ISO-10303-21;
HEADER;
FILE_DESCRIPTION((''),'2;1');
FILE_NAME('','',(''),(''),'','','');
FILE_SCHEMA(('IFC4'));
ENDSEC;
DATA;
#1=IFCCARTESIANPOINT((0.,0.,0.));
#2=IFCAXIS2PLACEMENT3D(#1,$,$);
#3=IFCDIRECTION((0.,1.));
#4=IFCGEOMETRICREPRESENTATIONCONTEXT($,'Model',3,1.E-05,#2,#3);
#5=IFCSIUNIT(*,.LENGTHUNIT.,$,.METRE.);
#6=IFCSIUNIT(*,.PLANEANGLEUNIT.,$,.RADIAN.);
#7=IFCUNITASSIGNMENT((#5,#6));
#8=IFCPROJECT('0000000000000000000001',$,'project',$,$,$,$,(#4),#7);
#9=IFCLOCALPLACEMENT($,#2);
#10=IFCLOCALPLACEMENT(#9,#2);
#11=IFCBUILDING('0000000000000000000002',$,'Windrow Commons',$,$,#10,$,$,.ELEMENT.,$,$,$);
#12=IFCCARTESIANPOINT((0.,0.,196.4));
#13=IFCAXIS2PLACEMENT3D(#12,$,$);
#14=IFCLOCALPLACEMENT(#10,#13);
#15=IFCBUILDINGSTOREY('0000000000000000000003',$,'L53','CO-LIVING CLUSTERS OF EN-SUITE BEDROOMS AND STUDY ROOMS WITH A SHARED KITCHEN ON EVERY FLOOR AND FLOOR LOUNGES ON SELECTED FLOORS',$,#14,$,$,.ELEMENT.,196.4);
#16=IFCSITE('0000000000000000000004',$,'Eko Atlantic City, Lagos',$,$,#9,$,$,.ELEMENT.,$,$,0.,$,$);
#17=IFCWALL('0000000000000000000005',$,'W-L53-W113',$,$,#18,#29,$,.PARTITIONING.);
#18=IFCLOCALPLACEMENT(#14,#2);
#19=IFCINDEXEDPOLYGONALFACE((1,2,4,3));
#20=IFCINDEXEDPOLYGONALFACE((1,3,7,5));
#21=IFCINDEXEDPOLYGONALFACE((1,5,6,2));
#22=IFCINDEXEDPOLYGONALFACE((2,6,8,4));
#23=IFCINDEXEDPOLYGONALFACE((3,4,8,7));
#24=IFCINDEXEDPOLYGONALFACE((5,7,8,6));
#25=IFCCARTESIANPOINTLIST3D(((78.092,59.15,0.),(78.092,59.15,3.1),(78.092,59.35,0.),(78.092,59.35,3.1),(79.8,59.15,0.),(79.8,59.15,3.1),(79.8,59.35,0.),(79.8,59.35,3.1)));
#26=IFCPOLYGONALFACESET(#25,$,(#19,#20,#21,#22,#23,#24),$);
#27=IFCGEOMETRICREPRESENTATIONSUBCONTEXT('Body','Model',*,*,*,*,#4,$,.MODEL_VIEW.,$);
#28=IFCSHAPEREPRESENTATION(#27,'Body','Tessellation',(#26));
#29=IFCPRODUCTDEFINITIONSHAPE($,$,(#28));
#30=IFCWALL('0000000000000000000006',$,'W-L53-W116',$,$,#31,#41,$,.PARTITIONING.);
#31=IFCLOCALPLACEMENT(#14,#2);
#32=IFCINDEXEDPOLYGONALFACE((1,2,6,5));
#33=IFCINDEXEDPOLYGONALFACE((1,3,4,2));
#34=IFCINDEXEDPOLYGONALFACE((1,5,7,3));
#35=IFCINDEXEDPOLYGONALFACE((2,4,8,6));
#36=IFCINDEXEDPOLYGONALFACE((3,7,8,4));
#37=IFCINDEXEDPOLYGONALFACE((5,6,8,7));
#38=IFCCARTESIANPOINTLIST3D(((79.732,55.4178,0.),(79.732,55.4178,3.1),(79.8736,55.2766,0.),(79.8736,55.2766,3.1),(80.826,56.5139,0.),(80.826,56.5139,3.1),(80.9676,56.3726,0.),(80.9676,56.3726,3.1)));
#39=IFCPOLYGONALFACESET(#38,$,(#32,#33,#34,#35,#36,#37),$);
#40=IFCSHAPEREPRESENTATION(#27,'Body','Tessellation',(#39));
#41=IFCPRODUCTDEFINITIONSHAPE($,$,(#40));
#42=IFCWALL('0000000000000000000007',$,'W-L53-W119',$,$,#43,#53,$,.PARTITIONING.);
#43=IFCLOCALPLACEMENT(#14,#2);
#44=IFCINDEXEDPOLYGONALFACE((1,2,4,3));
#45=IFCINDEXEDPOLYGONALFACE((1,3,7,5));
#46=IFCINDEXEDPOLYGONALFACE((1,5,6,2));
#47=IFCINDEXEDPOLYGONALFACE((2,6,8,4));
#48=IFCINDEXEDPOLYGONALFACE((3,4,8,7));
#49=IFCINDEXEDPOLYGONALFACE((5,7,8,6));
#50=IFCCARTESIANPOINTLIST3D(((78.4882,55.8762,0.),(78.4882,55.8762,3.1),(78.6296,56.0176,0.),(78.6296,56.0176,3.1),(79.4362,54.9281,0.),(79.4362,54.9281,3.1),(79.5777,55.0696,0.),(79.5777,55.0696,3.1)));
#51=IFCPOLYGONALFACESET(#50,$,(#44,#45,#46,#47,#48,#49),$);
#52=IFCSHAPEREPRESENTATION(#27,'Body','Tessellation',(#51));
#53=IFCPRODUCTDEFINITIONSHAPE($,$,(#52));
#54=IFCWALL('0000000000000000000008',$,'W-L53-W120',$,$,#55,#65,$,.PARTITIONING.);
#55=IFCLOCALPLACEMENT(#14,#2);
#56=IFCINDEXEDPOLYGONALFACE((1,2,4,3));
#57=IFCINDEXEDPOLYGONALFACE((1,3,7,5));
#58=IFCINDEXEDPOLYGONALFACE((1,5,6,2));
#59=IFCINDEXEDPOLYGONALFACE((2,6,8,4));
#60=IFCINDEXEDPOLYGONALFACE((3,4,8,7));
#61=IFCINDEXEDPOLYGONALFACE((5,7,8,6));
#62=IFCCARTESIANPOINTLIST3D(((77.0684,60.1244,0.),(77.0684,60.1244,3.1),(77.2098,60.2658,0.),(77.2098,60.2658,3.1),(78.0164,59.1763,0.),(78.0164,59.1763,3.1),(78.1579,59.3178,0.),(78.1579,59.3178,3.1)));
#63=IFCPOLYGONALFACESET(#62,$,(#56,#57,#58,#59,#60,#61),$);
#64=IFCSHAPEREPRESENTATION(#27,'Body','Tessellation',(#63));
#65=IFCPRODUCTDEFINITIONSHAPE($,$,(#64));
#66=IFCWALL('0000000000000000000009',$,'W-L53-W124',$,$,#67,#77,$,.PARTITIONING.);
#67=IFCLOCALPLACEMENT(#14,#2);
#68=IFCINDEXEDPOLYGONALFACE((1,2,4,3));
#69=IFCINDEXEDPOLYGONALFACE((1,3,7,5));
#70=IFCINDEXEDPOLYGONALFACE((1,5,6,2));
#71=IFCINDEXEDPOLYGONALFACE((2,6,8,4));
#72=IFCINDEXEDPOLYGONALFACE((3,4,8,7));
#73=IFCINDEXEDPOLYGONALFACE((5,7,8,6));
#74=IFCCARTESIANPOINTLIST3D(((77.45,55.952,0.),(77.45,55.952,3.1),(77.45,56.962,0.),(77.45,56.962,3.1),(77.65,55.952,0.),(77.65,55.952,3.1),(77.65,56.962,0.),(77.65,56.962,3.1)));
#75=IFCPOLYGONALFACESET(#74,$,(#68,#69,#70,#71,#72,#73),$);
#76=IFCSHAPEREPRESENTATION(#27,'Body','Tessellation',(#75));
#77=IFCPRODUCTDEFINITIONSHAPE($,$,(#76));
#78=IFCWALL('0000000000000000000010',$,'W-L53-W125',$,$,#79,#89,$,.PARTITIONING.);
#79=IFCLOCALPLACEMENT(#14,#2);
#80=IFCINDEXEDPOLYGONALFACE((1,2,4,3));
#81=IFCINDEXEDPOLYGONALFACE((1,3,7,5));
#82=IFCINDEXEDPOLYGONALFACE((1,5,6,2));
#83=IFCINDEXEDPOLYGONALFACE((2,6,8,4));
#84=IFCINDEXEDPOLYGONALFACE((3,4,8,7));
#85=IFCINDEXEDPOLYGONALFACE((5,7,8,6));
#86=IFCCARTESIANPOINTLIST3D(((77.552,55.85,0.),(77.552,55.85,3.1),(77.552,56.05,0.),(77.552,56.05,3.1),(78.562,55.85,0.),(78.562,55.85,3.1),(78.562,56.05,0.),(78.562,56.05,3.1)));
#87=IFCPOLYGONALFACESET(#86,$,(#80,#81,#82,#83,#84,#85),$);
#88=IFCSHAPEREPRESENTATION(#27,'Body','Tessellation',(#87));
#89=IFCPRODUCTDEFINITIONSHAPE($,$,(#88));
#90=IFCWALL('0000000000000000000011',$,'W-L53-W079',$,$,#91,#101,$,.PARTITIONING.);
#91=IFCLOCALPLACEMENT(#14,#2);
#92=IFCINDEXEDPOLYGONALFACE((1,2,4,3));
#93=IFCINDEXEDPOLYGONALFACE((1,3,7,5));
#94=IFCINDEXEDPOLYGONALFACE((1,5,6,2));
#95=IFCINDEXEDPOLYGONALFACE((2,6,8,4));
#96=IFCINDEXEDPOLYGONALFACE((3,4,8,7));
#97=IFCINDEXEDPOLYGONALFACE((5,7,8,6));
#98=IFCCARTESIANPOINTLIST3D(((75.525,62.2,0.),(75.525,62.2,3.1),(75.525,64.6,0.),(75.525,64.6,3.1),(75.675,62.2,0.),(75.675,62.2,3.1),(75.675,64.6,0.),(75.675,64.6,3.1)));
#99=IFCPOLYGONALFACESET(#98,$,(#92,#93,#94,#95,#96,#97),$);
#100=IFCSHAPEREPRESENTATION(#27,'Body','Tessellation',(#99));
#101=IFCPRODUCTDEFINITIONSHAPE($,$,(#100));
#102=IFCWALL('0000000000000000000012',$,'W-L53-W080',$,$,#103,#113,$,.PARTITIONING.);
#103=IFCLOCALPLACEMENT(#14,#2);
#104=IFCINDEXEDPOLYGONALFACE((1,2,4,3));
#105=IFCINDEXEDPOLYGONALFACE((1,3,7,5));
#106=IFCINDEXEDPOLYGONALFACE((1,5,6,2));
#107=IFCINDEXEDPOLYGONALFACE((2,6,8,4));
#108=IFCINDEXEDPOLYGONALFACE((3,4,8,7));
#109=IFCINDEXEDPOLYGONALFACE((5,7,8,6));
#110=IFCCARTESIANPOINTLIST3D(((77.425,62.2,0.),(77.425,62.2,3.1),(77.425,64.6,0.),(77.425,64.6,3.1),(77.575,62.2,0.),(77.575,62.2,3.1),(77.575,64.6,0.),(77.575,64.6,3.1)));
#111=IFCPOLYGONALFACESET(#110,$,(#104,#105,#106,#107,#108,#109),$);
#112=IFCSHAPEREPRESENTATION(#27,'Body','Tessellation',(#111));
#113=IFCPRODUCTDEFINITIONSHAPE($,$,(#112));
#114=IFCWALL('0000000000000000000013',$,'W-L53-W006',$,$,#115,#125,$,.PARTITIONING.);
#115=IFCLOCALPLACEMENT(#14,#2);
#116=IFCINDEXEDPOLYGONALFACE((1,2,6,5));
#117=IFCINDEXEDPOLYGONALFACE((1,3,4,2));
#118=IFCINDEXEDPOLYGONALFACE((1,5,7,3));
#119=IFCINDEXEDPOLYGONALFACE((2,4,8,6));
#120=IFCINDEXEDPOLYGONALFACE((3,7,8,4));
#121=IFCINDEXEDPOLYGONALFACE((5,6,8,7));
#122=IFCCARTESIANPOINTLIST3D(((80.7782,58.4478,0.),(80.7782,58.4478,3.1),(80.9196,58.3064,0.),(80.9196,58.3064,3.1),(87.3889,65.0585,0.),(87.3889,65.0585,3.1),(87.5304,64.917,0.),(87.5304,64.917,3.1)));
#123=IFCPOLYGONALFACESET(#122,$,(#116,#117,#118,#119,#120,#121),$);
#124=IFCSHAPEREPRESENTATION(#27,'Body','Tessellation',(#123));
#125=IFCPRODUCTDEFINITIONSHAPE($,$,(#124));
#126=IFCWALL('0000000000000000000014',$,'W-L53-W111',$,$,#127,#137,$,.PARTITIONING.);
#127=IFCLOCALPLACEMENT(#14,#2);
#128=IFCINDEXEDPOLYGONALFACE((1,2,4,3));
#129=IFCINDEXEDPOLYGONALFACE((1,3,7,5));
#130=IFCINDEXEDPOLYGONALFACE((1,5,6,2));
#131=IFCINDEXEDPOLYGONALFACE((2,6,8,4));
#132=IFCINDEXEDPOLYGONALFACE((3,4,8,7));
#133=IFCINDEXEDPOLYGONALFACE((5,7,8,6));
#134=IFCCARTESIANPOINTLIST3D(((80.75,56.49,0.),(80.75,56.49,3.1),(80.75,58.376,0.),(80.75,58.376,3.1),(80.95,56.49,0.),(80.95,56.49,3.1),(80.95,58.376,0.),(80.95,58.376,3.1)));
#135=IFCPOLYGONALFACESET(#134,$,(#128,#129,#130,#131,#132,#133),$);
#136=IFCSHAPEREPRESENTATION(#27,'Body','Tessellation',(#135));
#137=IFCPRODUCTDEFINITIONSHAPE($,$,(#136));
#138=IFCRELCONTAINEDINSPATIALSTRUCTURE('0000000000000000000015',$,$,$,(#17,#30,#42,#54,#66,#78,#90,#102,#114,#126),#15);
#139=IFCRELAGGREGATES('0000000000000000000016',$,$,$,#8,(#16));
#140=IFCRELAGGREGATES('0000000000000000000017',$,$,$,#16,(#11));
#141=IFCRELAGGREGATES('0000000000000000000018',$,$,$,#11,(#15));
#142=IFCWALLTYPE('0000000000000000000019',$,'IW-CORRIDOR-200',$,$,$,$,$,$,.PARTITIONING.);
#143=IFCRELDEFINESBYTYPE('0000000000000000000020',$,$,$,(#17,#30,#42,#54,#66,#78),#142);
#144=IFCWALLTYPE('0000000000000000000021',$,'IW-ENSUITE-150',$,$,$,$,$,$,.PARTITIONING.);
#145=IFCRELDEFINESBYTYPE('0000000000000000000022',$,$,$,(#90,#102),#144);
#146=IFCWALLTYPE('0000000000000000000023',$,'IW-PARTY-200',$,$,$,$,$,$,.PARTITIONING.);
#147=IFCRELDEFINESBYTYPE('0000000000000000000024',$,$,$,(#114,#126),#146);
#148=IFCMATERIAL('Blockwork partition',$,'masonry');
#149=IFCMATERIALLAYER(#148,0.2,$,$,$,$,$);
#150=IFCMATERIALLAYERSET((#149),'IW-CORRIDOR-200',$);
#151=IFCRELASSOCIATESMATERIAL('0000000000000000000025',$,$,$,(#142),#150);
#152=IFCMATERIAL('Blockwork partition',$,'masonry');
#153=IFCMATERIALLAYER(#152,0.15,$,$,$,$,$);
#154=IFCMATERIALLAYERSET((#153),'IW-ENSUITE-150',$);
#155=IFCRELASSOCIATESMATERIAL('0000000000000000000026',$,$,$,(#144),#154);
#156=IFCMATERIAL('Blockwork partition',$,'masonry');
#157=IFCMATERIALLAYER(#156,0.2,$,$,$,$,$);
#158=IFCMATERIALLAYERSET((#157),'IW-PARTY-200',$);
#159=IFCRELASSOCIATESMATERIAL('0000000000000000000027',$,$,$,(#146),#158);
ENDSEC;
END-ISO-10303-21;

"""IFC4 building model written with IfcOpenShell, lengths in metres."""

from ifc_helpers import new_model, si_unit, direction, frame, frame_2d, origin, place, context, subcontext, project, spatial, rectangle, extrude, material, layer, layer_set, type_object, element, save


model = new_model("IFC4")

# Units and contexts
model_context = context("Model", 3, precision=1e-05, world=origin(), true_north=direction((0.0, 1.0)))
body_context = subcontext(model_context, "Body", "Model", "MODEL_VIEW")
ifc_project = project(units=[si_unit("LENGTHUNIT", "METRE"), si_unit("PLANEANGLEUNIT", "RADIAN")], contexts=[model_context])

# Site, building, storey
site_placement = place(None, origin())
site = spatial("IfcSite", under=ifc_project, at=site_placement, Name="Eko Atlantic City, Lagos", CompositionType="ELEMENT", RefElevation=0.0)
building_placement = place(site_placement, origin())
building = spatial("IfcBuilding", under=site, at=building_placement, Name="Windrow Commons", CompositionType="ELEMENT")
storey_placement = place(building_placement, frame((0.0, 0.0, 196.4)))
storey = spatial("IfcBuildingStorey", under=building, at=storey_placement, Name="L53", Description="CO-LIVING CLUSTERS OF EN-SUITE BEDROOMS AND STUDY ROOMS WITH A SHARED KITCHEN ON EVERY FLOOR AND FLOOR LOUNGES ON SELECTED FLOORS", CompositionType="ELEMENT", Elevation=196.4)

# Shared definitions
ifc_material_1 = material(Name="Blockwork partition", Category="masonry")
ifc_layer_1 = layer(ifc_material_1, 0.2)
ifc_layer_set_1 = layer_set([ifc_layer_1], Name="IW-CORRIDOR-200")
wall_type_1 = type_object("IfcWallType", Name="IW-CORRIDOR-200", PredefinedType="PARTITIONING", material=ifc_layer_set_1)

# Walls
wall_1_placement = place(storey_placement, frame((78.092, 59.25, 0.0), z_axis=(0.0, 0.0, 1.0), x_axis=(1.0, 0.0, 0.0)))
element("IfcWall", 1, at=wall_1_placement, inside=storey, type_object=wall_type_1, Name="W-L53-W113", PredefinedType="PARTITIONING", context=body_context, shape_type="SweptSolid", body=[
    extrude(rectangle(XDim=1.708, YDim=0.2, at=frame_2d((0.854, 0.0))), origin(), (0.0, 0.0, 1.0), 3.1),
])
wall_2_placement = place(storey_placement, frame((79.8028, 55.3472, 0.0), z_axis=(0.0, 0.0, 1.0), x_axis=(0.706461, 0.707752, 0.0)))
element("IfcWall", 2, at=wall_2_placement, inside=storey, type_object=wall_type_1, Name="W-L53-W116", PredefinedType="PARTITIONING", context=body_context, shape_type="SweptSolid", body=[
    extrude(rectangle(XDim=1.5486, YDim=0.2, at=frame_2d((0.7743, 0.0))), origin(), (0.0, 0.0, 1.0), 3.1),
])
for number, where, z_axis, x_axis, name in (
    (3, (78.5589, 55.9469, 0.0), (0.0, 0.0, 1.0), (0.707107, -0.707107, 0.0), "W-L53-W119"),
    (4, (77.1391, 60.1951, 0.0), (0.0, 0.0, 1.0), (0.707107, -0.707107, 0.0), "W-L53-W120"),
):
    element("IfcWall", number, at=place(storey_placement, frame(where, z_axis=z_axis, x_axis=x_axis)), inside=storey, type_object=wall_type_1, Name=name, PredefinedType="PARTITIONING", context=body_context, shape_type="SweptSolid", body=[
        extrude(rectangle(XDim=1.3407, YDim=0.2, at=frame_2d((0.6704, 0.0))), origin(), (0.0, 0.0, 1.0), 3.1),
    ])
for number, where, z_axis, x_axis, name in (
    (5, (77.55, 55.952, 0.0), (0.0, 0.0, 1.0), (0.0, 1.0, 0.0), "W-L53-W124"),
    (6, (77.552, 55.95, 0.0), (0.0, 0.0, 1.0), (1.0, 0.0, 0.0), "W-L53-W125"),
):
    element("IfcWall", number, at=place(storey_placement, frame(where, z_axis=z_axis, x_axis=x_axis)), inside=storey, type_object=wall_type_1, Name=name, PredefinedType="PARTITIONING", context=body_context, shape_type="SweptSolid", body=[
        extrude(rectangle(XDim=1.01, YDim=0.2, at=frame_2d((0.505, 0.0))), origin(), (0.0, 0.0, 1.0), 3.1),
    ])
ifc_material_2 = material(Name="Blockwork partition", Category="masonry")
ifc_layer_2 = layer(ifc_material_2, 0.15)
ifc_layer_set_2 = layer_set([ifc_layer_2], Name="IW-ENSUITE-150")
wall_type_2 = type_object("IfcWallType", Name="IW-ENSUITE-150", PredefinedType="PARTITIONING", material=ifc_layer_set_2)
for number, where, z_axis, x_axis, name in (
    (7, (75.6, 62.2, 0.0), (0.0, 0.0, 1.0), (0.0, 1.0, 0.0), "W-L53-W079"),
    (8, (77.5, 62.2, 0.0), (0.0, 0.0, 1.0), (0.0, 1.0, 0.0), "W-L53-W080"),
):
    element("IfcWall", number, at=place(storey_placement, frame(where, z_axis=z_axis, x_axis=x_axis)), inside=storey, type_object=wall_type_2, Name=name, PredefinedType="PARTITIONING", context=body_context, shape_type="SweptSolid", body=[
        extrude(rectangle(XDim=2.4, YDim=0.15, at=frame_2d((1.2, 0.0))), origin(), (0.0, 0.0, 1.0), 3.1),
    ])
ifc_material_3 = material(Name="Blockwork partition", Category="masonry")
ifc_layer_3 = layer(ifc_material_3, 0.2)
ifc_layer_set_3 = layer_set([ifc_layer_3], Name="IW-PARTY-200")
wall_type_3 = type_object("IfcWallType", Name="IW-PARTY-200", PredefinedType="PARTITIONING", material=ifc_layer_set_3)
wall_3_placement = place(storey_placement, frame((80.8489, 58.3771, 0.0), z_axis=(0.0, 0.0, 1.0), x_axis=(0.707112, 0.707101, 0.0)))
element("IfcWall", 9, at=wall_3_placement, inside=storey, type_object=wall_type_3, Name="W-L53-W006", PredefinedType="PARTITIONING", context=body_context, shape_type="SweptSolid", body=[
    extrude(rectangle(XDim=9.3489, YDim=0.2, at=frame_2d((4.6745, 0.0))), origin(), (0.0, 0.0, 1.0), 3.1),
])
wall_4_placement = place(storey_placement, frame((80.85, 56.49, 0.0), z_axis=(0.0, 0.0, 1.0), x_axis=(0.0, 1.0, 0.0)))
element("IfcWall", 10, at=wall_4_placement, inside=storey, type_object=wall_type_3, Name="W-L53-W111", PredefinedType="PARTITIONING", context=body_context, shape_type="SweptSolid", body=[
    extrude(rectangle(XDim=1.886, YDim=0.2, at=frame_2d((0.943, 0.0))), origin(), (0.0, 0.0, 1.0), 3.1),
])

save(model, "model.ifc")
